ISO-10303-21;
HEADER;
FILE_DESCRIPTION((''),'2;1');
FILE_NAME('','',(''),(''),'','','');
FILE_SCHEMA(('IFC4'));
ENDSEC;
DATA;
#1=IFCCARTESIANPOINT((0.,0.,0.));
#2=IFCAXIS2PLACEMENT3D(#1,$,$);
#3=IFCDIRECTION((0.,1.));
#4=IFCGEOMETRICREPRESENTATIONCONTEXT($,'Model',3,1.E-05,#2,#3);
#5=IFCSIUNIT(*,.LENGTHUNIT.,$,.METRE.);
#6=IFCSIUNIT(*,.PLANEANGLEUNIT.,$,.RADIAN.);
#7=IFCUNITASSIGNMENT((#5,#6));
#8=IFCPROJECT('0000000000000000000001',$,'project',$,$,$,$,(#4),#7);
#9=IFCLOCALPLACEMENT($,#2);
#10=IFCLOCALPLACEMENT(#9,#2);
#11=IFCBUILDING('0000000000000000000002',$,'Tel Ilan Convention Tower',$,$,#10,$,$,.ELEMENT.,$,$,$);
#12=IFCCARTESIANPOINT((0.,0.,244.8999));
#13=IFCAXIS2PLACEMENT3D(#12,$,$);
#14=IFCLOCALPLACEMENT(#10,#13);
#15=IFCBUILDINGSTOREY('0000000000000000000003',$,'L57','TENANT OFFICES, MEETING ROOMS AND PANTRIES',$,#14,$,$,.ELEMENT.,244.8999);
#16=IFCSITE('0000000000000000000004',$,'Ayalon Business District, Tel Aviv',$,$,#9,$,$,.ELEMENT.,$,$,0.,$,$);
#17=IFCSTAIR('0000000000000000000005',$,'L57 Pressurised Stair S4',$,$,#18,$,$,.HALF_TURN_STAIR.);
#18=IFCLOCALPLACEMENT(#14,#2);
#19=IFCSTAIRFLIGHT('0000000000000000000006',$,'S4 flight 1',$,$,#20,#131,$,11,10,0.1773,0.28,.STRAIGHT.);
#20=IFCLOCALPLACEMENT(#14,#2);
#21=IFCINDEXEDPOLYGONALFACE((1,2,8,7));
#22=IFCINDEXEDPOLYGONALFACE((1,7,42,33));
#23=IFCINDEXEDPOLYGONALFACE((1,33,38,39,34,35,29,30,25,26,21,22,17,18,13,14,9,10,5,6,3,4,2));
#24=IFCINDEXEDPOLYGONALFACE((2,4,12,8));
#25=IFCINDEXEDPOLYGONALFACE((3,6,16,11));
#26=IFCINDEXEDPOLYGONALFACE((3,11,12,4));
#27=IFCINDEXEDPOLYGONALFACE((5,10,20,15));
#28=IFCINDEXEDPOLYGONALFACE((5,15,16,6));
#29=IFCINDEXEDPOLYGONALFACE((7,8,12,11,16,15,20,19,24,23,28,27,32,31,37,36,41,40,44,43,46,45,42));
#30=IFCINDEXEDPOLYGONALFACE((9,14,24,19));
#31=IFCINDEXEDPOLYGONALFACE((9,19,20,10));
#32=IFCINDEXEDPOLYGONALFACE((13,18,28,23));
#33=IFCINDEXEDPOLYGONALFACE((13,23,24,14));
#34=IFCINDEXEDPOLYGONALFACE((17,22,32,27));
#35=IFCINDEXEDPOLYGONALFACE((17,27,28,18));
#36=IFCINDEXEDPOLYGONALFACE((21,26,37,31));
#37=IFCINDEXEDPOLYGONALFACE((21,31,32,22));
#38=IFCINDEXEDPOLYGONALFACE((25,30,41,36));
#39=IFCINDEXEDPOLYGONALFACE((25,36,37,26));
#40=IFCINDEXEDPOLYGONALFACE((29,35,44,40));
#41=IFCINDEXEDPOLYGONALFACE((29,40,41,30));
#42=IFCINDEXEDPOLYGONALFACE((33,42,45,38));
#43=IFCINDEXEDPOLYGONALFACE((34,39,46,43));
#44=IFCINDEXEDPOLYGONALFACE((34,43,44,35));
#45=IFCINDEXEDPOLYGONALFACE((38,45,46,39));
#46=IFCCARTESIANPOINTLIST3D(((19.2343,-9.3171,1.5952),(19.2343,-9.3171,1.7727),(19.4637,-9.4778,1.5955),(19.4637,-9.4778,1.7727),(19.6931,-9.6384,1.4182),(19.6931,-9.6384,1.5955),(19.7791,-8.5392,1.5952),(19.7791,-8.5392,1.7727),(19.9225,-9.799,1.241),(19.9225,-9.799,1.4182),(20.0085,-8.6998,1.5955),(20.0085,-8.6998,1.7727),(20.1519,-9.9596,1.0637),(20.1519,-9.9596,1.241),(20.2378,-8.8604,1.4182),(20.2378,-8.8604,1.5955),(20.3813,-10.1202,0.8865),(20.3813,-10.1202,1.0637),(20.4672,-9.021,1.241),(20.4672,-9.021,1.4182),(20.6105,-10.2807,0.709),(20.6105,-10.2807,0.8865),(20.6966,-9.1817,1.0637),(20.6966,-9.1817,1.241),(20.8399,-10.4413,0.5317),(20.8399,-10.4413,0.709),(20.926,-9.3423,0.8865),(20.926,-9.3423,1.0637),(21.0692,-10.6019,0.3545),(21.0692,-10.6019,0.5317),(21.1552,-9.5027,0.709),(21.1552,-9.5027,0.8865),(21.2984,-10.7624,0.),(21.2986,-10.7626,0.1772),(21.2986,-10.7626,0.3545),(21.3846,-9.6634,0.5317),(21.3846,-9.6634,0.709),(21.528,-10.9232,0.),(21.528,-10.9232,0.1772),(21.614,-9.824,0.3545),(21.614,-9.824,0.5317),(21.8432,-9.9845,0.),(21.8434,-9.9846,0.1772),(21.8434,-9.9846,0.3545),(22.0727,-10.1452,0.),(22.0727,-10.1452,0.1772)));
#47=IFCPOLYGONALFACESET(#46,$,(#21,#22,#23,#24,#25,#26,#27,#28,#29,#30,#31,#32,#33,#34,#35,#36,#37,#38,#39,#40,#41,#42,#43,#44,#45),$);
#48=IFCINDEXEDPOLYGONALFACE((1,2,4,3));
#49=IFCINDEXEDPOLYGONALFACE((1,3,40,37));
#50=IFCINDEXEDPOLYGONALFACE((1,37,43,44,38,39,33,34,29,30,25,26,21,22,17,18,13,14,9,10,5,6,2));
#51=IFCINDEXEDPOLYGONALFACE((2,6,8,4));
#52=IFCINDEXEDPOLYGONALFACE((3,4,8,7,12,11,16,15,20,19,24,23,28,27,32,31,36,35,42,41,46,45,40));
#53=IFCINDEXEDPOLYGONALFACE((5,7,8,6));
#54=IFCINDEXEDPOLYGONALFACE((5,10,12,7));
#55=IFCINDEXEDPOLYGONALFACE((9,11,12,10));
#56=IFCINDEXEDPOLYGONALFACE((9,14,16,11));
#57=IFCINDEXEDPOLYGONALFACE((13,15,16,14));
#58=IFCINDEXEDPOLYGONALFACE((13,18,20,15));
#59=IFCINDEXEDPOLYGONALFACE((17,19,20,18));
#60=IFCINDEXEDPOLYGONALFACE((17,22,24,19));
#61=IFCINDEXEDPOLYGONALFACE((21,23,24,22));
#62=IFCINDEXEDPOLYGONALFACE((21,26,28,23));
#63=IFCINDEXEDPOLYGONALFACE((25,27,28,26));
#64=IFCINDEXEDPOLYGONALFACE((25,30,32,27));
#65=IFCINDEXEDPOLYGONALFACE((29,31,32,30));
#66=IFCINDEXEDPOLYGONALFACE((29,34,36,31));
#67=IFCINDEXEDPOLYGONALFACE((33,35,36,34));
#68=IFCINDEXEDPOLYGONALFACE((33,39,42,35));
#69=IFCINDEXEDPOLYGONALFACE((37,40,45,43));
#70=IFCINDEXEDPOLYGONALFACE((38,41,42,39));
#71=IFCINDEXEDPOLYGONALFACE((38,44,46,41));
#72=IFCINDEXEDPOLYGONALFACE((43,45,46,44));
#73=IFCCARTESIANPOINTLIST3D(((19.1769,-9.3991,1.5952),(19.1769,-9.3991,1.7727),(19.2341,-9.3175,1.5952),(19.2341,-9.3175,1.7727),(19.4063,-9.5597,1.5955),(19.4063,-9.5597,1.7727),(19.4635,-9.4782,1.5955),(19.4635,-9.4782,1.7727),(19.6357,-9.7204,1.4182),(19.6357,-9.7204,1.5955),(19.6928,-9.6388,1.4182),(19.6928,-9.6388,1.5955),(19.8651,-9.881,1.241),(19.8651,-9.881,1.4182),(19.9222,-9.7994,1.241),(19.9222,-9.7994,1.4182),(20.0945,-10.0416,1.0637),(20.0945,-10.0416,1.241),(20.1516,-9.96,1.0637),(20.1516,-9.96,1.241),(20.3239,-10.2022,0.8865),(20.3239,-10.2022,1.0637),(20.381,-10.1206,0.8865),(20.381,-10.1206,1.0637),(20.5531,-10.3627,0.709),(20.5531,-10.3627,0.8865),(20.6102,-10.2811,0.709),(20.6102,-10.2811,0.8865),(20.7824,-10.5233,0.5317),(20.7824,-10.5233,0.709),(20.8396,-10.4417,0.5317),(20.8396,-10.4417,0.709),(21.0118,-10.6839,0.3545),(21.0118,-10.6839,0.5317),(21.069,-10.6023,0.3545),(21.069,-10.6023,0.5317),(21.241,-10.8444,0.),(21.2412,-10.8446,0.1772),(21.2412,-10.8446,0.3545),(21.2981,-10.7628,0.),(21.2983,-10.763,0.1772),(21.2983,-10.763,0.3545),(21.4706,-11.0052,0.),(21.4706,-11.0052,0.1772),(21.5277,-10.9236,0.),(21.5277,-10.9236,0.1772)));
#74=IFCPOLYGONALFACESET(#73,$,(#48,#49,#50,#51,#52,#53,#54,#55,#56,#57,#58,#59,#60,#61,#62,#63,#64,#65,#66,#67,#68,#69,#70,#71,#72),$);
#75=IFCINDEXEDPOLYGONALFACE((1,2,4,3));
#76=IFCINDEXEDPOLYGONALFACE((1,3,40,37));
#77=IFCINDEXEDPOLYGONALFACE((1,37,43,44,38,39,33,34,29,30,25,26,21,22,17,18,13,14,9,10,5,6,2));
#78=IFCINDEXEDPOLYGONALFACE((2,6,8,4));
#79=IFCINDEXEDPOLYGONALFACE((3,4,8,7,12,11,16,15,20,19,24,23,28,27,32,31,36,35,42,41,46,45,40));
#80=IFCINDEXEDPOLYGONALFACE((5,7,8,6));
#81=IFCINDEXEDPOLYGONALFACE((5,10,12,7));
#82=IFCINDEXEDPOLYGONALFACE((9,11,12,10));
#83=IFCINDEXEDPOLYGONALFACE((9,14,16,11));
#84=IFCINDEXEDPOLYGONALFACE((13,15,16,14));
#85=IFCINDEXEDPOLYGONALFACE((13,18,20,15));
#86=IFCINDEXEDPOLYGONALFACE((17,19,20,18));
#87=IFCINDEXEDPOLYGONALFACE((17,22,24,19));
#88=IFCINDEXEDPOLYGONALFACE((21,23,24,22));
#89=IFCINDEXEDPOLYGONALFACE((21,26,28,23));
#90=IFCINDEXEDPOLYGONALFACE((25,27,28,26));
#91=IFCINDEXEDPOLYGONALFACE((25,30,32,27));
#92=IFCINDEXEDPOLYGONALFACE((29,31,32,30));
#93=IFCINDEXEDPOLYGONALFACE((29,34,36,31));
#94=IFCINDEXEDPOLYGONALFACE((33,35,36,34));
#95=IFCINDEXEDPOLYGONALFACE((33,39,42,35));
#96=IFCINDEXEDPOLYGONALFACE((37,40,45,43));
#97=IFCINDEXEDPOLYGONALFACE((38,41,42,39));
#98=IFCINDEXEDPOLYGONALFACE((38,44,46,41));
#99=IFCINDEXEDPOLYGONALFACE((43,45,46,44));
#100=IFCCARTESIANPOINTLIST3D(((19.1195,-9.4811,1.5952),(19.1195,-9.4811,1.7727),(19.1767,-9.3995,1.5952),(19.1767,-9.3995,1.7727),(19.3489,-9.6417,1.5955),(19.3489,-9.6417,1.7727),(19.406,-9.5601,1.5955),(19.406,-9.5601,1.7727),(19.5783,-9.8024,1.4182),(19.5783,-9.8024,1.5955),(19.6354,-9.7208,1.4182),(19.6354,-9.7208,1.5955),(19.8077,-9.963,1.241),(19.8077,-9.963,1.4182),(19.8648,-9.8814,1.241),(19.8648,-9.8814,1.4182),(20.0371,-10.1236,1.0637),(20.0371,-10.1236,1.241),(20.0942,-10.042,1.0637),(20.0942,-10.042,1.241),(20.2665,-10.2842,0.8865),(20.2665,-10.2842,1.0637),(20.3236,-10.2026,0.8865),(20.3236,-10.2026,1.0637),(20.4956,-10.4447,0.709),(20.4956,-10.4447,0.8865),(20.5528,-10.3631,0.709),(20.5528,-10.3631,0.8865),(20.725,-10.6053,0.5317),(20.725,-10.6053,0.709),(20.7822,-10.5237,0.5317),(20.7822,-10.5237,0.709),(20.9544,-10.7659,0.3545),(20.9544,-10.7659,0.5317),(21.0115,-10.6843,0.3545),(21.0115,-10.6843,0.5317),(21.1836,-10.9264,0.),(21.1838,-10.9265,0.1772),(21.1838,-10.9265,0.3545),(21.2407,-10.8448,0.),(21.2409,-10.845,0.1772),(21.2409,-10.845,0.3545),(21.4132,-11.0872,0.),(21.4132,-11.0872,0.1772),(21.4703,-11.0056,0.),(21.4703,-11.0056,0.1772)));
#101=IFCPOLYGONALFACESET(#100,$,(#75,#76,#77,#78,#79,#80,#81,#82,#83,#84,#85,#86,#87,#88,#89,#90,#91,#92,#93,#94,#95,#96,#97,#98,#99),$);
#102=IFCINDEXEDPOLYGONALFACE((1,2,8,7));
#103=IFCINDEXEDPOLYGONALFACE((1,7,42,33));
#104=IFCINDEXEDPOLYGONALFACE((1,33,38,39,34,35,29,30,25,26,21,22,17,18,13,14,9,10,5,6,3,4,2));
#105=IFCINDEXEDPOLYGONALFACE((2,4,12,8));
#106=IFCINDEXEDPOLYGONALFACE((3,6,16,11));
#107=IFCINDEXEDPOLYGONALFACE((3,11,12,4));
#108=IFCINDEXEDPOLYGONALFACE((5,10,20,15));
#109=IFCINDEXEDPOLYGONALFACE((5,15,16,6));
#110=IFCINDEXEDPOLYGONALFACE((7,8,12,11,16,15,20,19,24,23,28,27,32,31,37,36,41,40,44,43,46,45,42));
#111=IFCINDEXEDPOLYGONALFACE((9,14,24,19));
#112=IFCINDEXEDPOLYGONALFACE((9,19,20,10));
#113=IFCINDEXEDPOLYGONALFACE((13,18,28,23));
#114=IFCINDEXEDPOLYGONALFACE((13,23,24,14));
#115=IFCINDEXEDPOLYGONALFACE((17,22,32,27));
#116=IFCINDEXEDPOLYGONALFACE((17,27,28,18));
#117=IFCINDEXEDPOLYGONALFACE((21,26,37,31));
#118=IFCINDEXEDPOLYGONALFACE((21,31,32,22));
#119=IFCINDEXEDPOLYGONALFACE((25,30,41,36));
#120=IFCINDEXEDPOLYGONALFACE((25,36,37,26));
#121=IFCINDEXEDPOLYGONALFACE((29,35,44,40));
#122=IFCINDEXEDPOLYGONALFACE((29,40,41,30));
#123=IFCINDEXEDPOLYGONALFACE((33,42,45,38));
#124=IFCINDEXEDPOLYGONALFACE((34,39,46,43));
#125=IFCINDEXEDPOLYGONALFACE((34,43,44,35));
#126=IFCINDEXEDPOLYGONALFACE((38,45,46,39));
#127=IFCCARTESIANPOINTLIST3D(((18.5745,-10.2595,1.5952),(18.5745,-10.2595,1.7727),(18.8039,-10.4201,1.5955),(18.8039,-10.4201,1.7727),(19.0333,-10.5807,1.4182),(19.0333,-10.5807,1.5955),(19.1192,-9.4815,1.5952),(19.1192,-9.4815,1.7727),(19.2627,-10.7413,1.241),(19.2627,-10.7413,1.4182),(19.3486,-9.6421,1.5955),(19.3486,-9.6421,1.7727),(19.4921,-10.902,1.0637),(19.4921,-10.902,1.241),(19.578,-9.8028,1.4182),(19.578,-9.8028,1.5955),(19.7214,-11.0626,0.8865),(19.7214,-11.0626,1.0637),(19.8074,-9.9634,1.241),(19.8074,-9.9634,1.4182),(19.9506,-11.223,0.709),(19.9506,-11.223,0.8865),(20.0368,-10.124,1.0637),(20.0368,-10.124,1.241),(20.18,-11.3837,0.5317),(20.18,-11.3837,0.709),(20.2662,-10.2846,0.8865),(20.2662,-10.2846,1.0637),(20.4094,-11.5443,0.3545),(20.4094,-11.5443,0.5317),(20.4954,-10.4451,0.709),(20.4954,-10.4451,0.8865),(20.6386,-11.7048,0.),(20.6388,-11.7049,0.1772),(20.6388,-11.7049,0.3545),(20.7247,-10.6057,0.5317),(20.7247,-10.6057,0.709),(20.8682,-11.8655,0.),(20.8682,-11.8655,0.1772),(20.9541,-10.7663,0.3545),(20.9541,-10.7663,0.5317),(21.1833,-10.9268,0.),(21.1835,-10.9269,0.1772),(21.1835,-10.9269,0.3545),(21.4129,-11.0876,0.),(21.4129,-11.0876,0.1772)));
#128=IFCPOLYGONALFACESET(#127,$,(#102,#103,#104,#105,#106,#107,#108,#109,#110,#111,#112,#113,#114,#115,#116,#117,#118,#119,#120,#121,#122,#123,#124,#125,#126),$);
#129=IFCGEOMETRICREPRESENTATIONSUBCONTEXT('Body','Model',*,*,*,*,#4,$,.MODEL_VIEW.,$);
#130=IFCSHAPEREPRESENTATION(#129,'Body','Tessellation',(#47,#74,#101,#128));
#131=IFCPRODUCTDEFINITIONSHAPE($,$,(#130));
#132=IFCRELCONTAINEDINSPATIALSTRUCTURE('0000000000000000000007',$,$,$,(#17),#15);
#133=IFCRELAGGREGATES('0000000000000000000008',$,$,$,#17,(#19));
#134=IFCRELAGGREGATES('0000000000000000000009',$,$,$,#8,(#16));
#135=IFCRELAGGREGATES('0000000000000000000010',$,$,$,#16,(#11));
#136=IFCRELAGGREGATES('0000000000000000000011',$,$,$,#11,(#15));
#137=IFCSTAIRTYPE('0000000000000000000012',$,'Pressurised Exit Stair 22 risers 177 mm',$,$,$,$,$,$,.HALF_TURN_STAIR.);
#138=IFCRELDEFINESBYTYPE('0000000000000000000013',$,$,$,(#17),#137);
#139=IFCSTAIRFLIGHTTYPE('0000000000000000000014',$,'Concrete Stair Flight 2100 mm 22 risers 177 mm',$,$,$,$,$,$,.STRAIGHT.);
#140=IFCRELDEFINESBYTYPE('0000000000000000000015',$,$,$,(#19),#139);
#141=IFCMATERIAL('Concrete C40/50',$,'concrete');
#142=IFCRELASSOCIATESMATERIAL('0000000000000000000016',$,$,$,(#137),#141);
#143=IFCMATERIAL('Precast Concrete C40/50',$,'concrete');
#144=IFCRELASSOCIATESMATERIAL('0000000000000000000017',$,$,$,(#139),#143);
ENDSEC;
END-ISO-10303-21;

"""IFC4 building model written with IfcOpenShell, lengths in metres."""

from ifc_helpers import new_model, si_unit, direction, frame, origin, place, context, subcontext, project, spatial, polyline, outline, extrude, material, type_object, element, aggregate, save


model = new_model("IFC4")

# Units and contexts
model_context = context("Model", 3, precision=1e-05, world=origin(), true_north=direction((0.0, 1.0)))
body_context = subcontext(model_context, "Body", "Model", "MODEL_VIEW")
ifc_project = project(units=[si_unit("LENGTHUNIT", "METRE"), si_unit("PLANEANGLEUNIT", "RADIAN")], contexts=[model_context])

# Site, building, storey
site_placement = place(None, origin())
site = spatial("IfcSite", under=ifc_project, at=site_placement, Name="Ayalon Business District, Tel Aviv", CompositionType="ELEMENT", RefElevation=0.0)
building_placement = place(site_placement, origin())
building = spatial("IfcBuilding", under=site, at=building_placement, Name="Tel Ilan Convention Tower", CompositionType="ELEMENT")
storey_placement = place(building_placement, frame((0.0, 0.0, 244.8999)))
storey = spatial("IfcBuildingStorey", under=building, at=storey_placement, Name="L57", Description="TENANT OFFICES, MEETING ROOMS AND PANTRIES", CompositionType="ELEMENT", Elevation=244.8999)

# Shared definitions
ifc_material_1 = material(Name="Concrete C40/50", Category="concrete")
stair_type = type_object("IfcStairType", Name="Pressurised Exit Stair 22 risers 177 mm", PredefinedType="HALF_TURN_STAIR", material=ifc_material_1)
ifc_material_2 = material(Name="Precast Concrete C40/50", Category="concrete")
stair_flight_type = type_object("IfcStairFlightType", Name="Concrete Stair Flight 2100 mm 22 risers 177 mm", PredefinedType="STRAIGHT", material=ifc_material_2)

# Stair, stair flight
stair_1_placement = place(storey_placement, origin())
stair_1 = element("IfcStair", 1, at=stair_1_placement, inside=storey, type_object=stair_type, Name="L57 Pressurised Stair S4", PredefinedType="HALF_TURN_STAIR")
stair_flight_1_placement = place(storey_placement, frame((21.4705, -11.0054, 0.0), z_axis=(0.0, 0.0, 1.0), x_axis=(-0.819152, 0.573576, 0.0)))
stair_flight_1 = element("IfcStairFlight", 2, at=stair_flight_1_placement, type_object=stair_flight_type, Name="S4 flight 1", NumberOfRisers=11, NumberOfTreads=10, PredefinedType="STRAIGHT", RiserHeight=0.1773, TreadLength=0.28, context=body_context, shape_type="SweptSolid", body=[
    extrude(outline(polyline([(0.0, 0.0), (0.0, 0.1772), (0.28, 0.1772), (0.28, 0.3545), (0.5601, 0.3545), (0.5601, 0.5317), (0.8401, 0.5317), (0.8401, 0.709), (1.1201, 0.709), (1.1201, 0.8865), (1.3999, 0.8865), (1.3999, 1.0637), (1.6799, 1.0637), (1.6799, 1.241), (1.96, 1.241), (1.96, 1.4182), (2.24, 1.4182), (2.24, 1.5955), (2.52, 1.5955), (2.52, 1.7727), (2.8, 1.7727), (2.8, 1.95), (2.8, 1.5952), (0.2803, 0.0), (0.0, 0.0)])), frame((0.0, -0.1003, 0.0), z_axis=(0.0, -1.0, 0.0), x_axis=(1.0, 0.0, 0.0)), (0.0, 0.0, 1.0), 0.9497),
    extrude(outline(polyline([(0.0, 0.0), (0.0, 0.1772), (0.28, 0.1772), (0.28, 0.3545), (0.5601, 0.3545), (0.5601, 0.5317), (0.8401, 0.5317), (0.8401, 0.709), (1.1201, 0.709), (1.1201, 0.8865), (1.3999, 0.8865), (1.3999, 1.0637), (1.6799, 1.0637), (1.6799, 1.241), (1.96, 1.241), (1.96, 1.4182), (2.24, 1.4182), (2.24, 1.5955), (2.52, 1.5955), (2.52, 1.7727), (2.8, 1.7727), (2.8, 1.95), (2.8, 1.5952), (0.2803, 0.0), (0.0, 0.0)])), frame((0.0, -0.0002, 0.0), z_axis=(0.0, -1.0, 0.0), x_axis=(1.0, 0.0, 0.0)), (0.0, 0.0, 1.0), 0.0996),
    extrude(outline(polyline([(0.0, 0.0), (0.0, 0.1772), (0.28, 0.1772), (0.28, 0.3545), (0.5601, 0.3545), (0.5601, 0.5317), (0.8401, 0.5317), (0.8401, 0.709), (1.1201, 0.709), (1.1201, 0.8865), (1.3999, 0.8865), (1.3999, 1.0637), (1.6799, 1.0637), (1.6799, 1.241), (1.96, 1.241), (1.96, 1.4182), (2.24, 1.4182), (2.24, 1.5955), (2.52, 1.5955), (2.52, 1.7727), (2.8, 1.7727), (2.8, 1.95), (2.8, 1.5952), (0.2803, 0.0), (0.0, 0.0)])), frame((0.0, 0.0999, 0.0), z_axis=(0.0, -1.0, 0.0), x_axis=(1.0, 0.0, 0.0)), (0.0, 0.0, 1.0), 0.0996),
    extrude(outline(polyline([(0.0, 0.0), (0.0, 0.1772), (0.28, 0.1772), (0.28, 0.3545), (0.5601, 0.3545), (0.5601, 0.5317), (0.8401, 0.5317), (0.8401, 0.709), (1.1201, 0.709), (1.1201, 0.8865), (1.3999, 0.8865), (1.3999, 1.0637), (1.6799, 1.0637), (1.6799, 1.241), (1.96, 1.241), (1.96, 1.4182), (2.24, 1.4182), (2.24, 1.5955), (2.52, 1.5955), (2.52, 1.7727), (2.8, 1.7727), (2.8, 1.95), (2.8, 1.5952), (0.2803, 0.0), (0.0, 0.0)])), frame((0.0, 1.05, 0.0), z_axis=(0.0, -1.0, 0.0), x_axis=(1.0, 0.0, 0.0)), (0.0, 0.0, 1.0), 0.9497),
])
aggregate(stair_1, [stair_flight_1])

save(model, "model.ifc")
